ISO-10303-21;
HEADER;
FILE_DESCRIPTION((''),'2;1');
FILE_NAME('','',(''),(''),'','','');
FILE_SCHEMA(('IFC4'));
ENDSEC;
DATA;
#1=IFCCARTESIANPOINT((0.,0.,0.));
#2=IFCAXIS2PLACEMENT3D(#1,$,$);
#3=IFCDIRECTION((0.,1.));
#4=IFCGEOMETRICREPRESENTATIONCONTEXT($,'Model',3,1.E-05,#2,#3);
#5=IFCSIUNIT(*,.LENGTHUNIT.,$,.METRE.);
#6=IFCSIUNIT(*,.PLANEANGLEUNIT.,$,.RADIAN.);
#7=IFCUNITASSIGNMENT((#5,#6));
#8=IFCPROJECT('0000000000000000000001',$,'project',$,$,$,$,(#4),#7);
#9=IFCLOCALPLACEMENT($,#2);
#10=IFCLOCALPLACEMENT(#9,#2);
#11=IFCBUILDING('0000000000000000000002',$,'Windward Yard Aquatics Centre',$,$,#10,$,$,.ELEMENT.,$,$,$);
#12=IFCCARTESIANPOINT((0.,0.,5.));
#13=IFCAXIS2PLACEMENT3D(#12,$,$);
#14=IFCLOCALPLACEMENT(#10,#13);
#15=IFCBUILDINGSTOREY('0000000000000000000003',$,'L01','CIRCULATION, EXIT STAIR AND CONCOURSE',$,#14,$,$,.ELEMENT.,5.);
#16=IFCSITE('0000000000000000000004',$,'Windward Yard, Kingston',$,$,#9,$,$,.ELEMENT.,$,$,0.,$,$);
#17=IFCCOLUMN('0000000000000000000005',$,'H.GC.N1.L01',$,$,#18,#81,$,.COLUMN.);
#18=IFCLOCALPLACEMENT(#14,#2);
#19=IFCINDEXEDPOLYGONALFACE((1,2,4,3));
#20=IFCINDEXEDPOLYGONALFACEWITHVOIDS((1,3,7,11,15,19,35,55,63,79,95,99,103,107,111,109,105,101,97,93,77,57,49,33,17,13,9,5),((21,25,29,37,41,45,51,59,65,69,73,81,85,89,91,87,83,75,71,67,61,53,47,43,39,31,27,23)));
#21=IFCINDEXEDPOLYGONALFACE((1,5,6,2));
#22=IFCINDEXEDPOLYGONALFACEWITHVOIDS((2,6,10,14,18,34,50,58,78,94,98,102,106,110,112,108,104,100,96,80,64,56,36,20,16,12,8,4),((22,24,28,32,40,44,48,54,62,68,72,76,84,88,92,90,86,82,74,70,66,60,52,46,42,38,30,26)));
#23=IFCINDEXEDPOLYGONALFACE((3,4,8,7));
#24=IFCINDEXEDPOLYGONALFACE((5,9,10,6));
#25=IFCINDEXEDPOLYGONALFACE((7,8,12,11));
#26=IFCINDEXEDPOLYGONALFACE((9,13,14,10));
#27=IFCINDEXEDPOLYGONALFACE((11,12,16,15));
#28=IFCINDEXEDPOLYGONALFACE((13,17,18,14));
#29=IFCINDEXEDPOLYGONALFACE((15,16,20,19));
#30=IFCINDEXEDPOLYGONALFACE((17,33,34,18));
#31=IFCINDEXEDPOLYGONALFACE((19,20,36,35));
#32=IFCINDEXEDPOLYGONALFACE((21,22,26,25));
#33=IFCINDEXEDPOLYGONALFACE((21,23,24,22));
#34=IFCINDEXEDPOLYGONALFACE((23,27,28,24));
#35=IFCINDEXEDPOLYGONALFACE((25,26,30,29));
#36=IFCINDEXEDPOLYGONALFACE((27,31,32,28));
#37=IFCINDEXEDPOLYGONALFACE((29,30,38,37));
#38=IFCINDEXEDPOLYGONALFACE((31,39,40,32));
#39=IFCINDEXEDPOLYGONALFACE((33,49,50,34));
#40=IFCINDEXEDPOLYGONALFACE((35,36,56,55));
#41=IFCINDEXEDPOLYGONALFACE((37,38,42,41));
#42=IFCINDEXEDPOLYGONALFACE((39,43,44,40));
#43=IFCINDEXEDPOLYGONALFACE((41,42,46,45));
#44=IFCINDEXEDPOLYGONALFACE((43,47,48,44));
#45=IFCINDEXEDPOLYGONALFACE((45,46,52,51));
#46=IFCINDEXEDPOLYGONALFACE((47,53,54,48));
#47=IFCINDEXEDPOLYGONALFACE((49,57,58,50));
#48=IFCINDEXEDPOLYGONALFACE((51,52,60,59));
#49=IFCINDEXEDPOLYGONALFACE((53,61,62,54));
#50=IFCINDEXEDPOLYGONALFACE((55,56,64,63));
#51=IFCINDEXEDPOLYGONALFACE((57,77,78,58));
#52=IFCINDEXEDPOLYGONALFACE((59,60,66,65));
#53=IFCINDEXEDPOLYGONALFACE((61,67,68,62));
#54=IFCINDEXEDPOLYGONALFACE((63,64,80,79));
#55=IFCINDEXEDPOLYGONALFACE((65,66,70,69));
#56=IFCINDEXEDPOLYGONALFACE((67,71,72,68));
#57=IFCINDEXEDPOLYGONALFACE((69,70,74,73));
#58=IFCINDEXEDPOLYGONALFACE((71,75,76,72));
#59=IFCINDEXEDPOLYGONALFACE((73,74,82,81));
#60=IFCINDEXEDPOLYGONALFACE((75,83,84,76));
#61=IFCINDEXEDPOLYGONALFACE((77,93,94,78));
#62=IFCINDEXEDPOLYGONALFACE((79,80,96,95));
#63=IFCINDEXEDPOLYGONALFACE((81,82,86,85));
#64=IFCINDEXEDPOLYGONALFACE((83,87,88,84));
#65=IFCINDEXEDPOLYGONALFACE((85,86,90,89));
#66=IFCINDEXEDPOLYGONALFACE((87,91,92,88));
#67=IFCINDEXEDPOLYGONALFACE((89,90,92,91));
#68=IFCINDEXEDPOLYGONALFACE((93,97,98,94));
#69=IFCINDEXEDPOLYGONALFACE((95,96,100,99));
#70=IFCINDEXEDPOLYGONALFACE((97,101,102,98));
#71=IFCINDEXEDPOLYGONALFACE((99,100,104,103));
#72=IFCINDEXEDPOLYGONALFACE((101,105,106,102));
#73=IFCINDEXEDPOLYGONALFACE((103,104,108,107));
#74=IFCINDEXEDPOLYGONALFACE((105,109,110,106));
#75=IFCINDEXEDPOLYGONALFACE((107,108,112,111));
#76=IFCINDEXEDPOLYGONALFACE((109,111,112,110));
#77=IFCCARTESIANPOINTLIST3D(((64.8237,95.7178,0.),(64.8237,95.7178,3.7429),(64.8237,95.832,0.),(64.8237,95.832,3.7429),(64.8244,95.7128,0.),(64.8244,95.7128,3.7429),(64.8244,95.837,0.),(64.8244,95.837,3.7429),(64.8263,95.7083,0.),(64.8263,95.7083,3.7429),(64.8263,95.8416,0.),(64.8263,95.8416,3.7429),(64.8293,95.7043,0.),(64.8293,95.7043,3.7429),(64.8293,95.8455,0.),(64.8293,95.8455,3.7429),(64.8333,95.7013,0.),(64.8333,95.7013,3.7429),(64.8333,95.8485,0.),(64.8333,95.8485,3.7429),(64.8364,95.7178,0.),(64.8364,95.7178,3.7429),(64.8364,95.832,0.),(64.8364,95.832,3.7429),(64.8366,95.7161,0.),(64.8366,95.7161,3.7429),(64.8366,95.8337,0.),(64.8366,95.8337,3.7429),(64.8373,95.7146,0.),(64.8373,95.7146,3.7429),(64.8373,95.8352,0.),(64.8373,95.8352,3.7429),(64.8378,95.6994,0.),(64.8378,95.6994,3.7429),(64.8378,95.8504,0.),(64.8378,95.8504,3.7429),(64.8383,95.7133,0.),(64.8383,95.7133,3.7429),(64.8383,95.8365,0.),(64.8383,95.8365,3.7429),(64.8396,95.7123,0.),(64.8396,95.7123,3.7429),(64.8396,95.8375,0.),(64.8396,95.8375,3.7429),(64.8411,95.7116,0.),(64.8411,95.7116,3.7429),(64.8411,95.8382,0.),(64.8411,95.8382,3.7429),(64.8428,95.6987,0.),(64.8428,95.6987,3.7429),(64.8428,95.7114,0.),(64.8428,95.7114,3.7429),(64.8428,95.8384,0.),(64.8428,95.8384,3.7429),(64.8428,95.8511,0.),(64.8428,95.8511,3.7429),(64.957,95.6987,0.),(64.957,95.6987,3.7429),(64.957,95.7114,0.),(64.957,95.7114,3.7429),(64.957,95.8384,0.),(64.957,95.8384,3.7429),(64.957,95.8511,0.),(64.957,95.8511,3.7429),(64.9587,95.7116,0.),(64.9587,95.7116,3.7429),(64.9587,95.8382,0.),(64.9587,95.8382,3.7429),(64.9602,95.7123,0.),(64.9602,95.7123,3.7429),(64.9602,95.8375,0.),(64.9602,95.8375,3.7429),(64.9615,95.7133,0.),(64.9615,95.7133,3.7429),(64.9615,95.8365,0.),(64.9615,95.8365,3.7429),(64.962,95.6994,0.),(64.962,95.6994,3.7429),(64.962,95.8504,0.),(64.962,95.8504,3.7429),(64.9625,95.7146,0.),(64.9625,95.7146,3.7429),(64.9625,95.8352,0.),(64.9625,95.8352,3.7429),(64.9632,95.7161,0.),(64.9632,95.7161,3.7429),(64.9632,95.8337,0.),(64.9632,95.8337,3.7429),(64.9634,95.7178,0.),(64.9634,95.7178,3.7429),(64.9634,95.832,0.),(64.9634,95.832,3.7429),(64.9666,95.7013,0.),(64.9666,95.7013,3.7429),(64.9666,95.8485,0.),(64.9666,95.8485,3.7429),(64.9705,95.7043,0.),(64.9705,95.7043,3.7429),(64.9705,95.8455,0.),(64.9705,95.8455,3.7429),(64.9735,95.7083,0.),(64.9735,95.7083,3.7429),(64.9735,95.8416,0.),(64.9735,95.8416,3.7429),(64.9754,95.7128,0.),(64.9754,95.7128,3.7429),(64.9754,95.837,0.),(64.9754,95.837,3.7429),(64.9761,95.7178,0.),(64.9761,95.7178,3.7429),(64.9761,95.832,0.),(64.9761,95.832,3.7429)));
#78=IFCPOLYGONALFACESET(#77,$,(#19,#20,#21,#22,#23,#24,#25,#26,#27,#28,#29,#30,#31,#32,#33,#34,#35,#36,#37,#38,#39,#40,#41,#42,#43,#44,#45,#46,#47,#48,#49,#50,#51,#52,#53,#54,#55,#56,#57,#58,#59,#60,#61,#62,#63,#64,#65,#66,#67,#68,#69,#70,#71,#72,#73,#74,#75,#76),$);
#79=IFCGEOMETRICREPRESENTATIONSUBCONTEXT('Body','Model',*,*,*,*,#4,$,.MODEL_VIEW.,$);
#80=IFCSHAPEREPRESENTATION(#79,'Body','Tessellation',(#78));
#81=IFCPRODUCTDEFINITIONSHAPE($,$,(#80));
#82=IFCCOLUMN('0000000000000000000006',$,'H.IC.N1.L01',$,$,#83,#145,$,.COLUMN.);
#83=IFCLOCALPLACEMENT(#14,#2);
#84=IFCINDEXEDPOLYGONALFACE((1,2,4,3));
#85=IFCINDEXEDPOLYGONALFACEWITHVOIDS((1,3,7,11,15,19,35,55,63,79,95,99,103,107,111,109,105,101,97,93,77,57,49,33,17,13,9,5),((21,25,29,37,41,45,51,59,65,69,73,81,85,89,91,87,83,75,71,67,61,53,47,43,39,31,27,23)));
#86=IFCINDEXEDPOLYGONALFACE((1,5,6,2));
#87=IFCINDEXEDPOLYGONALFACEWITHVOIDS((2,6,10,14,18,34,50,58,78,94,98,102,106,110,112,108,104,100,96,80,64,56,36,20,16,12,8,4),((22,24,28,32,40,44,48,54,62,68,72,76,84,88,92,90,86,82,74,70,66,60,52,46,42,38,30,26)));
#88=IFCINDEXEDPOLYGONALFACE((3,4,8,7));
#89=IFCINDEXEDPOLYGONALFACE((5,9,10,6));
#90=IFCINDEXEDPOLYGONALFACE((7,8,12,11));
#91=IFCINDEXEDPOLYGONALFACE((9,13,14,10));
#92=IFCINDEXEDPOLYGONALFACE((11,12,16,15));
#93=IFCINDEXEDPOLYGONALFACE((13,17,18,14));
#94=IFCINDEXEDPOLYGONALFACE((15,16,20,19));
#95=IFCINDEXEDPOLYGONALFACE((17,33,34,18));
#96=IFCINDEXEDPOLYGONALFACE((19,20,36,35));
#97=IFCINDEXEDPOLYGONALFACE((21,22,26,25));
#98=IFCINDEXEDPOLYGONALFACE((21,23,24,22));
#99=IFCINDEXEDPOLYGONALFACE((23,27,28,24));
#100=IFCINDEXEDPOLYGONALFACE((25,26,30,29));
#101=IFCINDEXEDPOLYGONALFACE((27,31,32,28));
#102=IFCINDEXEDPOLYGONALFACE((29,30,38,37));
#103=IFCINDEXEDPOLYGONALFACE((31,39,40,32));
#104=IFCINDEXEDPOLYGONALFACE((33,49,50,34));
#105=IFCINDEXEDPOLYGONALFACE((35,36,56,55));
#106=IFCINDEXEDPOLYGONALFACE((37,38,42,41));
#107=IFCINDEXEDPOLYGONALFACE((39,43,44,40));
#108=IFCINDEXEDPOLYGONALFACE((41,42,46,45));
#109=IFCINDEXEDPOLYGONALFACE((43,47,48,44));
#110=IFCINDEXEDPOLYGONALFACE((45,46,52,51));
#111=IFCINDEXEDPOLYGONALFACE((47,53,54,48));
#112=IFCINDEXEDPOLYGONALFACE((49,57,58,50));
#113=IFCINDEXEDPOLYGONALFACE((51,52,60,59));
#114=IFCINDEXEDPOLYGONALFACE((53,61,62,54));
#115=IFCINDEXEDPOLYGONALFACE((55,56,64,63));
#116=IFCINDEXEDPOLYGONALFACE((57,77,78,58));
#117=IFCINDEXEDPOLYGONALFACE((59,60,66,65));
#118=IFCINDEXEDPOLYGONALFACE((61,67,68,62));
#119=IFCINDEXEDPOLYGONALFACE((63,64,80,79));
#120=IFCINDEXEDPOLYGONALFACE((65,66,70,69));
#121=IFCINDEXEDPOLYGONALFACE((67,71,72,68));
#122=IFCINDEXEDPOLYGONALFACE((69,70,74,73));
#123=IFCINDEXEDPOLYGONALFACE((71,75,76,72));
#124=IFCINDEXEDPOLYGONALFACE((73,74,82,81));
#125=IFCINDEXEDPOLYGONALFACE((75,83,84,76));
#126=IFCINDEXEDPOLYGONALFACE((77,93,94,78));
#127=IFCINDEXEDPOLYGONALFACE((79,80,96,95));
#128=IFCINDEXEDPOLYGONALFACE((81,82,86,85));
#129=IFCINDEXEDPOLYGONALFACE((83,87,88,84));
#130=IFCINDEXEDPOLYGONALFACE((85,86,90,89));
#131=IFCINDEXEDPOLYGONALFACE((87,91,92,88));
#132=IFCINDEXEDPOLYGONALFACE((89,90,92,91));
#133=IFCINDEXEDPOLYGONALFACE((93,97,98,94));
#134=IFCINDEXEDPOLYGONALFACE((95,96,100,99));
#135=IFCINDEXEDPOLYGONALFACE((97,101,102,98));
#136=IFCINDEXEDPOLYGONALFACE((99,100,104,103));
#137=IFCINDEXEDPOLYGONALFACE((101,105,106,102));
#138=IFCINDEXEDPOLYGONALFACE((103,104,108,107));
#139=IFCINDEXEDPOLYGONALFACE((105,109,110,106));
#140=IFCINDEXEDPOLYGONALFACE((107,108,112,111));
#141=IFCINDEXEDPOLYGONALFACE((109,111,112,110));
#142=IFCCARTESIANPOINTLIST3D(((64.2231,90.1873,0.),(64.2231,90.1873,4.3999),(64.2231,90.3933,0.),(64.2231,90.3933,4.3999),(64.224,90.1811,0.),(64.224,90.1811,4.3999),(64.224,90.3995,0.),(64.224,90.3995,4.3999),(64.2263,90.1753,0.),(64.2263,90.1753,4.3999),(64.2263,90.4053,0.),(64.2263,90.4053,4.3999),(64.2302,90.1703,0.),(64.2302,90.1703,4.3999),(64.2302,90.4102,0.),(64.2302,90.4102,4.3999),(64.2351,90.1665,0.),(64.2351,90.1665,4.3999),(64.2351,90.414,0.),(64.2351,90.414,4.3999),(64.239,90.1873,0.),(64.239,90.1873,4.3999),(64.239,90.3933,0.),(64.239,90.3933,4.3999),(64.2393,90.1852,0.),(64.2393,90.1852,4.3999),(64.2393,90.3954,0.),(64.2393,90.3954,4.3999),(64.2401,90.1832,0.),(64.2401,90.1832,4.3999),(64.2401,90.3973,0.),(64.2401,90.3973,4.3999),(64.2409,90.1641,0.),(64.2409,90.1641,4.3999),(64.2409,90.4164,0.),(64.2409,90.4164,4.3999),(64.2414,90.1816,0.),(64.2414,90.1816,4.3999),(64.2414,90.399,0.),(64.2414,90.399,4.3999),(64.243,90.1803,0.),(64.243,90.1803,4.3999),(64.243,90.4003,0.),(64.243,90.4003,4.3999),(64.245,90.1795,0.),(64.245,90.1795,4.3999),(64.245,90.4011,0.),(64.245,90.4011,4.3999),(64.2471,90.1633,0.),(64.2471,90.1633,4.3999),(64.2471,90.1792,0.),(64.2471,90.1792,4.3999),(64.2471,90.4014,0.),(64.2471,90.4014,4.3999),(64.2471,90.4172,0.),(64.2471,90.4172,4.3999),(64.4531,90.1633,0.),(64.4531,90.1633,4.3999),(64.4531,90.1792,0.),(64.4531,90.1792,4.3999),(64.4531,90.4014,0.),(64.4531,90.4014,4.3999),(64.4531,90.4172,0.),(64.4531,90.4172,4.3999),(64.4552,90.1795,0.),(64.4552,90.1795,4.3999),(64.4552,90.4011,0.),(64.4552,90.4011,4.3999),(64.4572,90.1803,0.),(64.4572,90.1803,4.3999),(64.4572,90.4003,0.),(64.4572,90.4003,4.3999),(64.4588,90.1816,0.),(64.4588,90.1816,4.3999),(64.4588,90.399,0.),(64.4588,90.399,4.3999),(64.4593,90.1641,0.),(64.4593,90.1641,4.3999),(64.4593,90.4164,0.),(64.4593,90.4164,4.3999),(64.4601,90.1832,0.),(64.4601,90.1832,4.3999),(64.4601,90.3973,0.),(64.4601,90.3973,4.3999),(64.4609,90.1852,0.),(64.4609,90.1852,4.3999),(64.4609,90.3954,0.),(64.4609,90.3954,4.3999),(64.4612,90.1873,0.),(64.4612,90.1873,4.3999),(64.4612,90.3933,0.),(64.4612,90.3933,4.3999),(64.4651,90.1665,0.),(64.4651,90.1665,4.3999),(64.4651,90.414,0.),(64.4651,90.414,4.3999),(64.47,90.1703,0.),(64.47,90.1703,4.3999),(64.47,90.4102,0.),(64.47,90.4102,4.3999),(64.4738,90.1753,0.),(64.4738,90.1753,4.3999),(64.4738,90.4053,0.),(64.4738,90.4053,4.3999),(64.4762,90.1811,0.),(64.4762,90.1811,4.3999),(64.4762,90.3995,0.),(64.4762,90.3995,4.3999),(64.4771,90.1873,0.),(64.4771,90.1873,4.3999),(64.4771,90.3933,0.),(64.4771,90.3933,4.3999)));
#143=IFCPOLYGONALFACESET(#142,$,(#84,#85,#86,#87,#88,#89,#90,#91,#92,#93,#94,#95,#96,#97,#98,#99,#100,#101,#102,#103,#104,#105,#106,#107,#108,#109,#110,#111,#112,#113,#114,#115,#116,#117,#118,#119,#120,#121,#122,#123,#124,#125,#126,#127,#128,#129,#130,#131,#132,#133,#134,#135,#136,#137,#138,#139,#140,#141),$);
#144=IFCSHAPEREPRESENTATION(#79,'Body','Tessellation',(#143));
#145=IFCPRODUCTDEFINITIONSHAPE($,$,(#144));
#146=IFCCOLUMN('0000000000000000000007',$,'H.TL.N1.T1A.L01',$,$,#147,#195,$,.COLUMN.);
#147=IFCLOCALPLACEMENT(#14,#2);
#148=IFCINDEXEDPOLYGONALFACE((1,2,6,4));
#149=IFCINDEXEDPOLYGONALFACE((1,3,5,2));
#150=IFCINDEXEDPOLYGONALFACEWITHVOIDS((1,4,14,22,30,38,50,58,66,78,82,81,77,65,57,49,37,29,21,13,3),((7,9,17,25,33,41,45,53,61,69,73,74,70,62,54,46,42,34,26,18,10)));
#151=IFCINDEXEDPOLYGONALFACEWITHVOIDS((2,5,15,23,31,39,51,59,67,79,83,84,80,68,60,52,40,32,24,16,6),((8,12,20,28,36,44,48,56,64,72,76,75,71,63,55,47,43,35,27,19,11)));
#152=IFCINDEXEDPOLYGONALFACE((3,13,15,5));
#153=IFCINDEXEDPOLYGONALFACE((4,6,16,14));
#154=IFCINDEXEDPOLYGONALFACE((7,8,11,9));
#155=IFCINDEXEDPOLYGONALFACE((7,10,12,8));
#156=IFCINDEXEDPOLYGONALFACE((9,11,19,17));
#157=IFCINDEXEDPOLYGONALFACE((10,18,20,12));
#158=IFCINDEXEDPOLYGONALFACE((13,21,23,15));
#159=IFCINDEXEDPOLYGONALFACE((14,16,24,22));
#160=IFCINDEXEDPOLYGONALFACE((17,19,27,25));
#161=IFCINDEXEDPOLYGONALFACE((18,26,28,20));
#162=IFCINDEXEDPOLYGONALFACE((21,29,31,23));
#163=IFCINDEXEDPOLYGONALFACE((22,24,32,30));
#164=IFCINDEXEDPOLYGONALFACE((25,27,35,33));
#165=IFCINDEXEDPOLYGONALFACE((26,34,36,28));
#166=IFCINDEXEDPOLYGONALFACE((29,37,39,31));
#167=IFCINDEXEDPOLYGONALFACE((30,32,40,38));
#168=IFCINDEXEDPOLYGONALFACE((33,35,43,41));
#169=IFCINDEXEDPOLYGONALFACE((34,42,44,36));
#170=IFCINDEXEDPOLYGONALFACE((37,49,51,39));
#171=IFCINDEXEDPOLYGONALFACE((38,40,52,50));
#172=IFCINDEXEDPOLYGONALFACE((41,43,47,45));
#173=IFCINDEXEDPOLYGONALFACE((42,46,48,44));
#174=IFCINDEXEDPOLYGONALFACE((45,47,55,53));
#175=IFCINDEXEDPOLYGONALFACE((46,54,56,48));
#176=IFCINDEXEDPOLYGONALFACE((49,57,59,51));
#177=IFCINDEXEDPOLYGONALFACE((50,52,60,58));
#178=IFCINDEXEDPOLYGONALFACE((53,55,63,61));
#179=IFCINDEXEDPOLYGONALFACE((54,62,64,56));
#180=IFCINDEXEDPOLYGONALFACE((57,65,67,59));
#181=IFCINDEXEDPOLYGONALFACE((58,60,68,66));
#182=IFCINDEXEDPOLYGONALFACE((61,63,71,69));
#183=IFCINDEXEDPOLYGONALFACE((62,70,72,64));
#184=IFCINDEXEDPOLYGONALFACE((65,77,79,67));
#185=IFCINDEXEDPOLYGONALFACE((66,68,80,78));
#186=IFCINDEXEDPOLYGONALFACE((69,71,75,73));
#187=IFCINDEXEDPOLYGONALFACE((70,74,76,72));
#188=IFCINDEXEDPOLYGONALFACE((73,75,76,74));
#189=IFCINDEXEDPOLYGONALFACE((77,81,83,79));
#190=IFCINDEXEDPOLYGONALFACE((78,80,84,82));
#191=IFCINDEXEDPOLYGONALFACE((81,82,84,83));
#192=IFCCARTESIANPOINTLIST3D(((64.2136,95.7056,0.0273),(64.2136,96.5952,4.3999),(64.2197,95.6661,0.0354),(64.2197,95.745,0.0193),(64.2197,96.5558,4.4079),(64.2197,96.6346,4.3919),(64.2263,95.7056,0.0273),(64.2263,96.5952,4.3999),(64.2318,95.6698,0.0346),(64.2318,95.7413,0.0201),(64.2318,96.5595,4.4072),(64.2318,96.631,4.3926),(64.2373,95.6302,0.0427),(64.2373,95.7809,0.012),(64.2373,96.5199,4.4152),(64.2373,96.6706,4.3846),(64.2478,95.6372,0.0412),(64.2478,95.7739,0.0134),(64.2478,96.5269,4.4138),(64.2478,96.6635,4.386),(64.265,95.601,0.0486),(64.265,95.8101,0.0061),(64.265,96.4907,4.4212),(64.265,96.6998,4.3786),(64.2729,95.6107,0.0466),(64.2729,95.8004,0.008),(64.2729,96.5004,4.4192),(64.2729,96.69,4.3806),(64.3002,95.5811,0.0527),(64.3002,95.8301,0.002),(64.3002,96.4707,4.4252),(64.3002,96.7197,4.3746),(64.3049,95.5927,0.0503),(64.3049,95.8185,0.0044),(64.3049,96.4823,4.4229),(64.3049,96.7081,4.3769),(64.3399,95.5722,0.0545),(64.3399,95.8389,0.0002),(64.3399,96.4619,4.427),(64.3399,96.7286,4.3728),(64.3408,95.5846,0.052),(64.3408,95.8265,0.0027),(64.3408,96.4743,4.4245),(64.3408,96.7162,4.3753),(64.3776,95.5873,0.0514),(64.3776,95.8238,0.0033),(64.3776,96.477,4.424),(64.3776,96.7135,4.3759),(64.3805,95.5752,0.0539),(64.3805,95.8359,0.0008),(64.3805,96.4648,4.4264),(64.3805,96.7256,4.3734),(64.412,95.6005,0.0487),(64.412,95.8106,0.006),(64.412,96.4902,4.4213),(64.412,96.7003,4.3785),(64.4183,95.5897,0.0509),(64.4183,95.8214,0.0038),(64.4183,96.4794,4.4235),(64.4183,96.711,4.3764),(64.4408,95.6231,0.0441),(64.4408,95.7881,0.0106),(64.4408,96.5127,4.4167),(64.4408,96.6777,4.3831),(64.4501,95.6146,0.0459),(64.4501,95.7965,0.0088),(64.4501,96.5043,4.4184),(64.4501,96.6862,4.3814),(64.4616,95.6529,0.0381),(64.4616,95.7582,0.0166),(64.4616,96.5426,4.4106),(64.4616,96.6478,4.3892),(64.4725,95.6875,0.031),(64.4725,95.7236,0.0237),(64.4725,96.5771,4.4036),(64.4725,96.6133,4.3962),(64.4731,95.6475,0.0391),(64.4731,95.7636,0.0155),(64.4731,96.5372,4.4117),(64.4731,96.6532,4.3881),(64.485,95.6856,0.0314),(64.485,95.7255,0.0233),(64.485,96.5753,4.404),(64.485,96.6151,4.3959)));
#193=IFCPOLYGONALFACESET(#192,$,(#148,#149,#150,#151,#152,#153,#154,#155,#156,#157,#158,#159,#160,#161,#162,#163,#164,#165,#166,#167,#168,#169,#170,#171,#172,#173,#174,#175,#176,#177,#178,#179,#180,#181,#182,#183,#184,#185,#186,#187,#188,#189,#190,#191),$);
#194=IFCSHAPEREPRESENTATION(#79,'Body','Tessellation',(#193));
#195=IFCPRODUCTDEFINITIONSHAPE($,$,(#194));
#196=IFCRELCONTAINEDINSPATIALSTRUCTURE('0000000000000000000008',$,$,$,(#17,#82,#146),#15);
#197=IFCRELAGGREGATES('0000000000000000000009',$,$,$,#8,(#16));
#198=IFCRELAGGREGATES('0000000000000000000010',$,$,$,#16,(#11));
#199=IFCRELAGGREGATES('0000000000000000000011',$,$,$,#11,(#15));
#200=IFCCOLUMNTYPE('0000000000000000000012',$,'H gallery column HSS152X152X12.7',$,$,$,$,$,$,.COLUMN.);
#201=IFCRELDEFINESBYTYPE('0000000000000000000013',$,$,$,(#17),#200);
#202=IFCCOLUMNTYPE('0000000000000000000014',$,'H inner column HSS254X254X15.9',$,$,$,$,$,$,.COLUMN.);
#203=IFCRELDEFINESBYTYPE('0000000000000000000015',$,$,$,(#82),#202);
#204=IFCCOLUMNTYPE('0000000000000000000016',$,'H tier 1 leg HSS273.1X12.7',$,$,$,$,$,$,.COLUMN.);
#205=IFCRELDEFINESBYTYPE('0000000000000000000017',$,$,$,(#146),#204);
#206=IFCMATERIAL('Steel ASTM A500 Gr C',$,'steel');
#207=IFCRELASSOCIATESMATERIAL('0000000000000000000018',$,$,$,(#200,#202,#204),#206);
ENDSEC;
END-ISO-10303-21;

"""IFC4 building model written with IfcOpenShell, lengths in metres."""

from ifc_helpers import new_model, si_unit, direction, frame, origin, origin_2d, place, context, subcontext, project, spatial, hollow_rectangle, hollow_circle, extrude, material, material_profile, profile_set, type_object, element, save


model = new_model("IFC4")

# Units and contexts
model_context = context("Model", 3, precision=1e-05, world=origin(), true_north=direction((0.0, 1.0)))
body_context = subcontext(model_context, "Body", "Model", "MODEL_VIEW")
ifc_project = project(units=[si_unit("LENGTHUNIT", "METRE"), si_unit("PLANEANGLEUNIT", "RADIAN")], contexts=[model_context])

# Site, building, storey
site_placement = place(None, origin())
site = spatial("IfcSite", under=ifc_project, at=site_placement, Name="Windward Yard, Kingston", CompositionType="ELEMENT", RefElevation=0.0)
building_placement = place(site_placement, origin())
building = spatial("IfcBuilding", under=site, at=building_placement, Name="Windward Yard Aquatics Centre", CompositionType="ELEMENT")
storey_placement = place(building_placement, frame((0.0, 0.0, 5.0)))
storey = spatial("IfcBuildingStorey", under=building, at=storey_placement, Name="L01", Description="CIRCULATION, EXIT STAIR AND CONCOURSE", CompositionType="ELEMENT", Elevation=5.0)

# Columns
ifc_material_1 = material(Name="Steel ASTM A500 Gr C", Category="steel")
ifc_material_profile_1 = material_profile(ifc_material_1, hollow_rectangle(XDim=0.1523, YDim=0.1523, WallThickness=0.0127, InnerFilletRadius=0.0063, OuterFilletRadius=0.019, at=origin_2d()), Name="HSS152X152X12.7")
ifc_profile_set_1 = profile_set([ifc_material_profile_1], Name="Steel ASTM A500 Gr C")
column_type_1 = type_object("IfcColumnType", Name="H gallery column HSS152X152X12.7", PredefinedType="COLUMN", material=ifc_profile_set_1)
column_1_placement = place(storey_placement, frame((64.8999, 95.7749, 0.0), z_axis=(0.0, 0.0, 1.0), x_axis=(1.0, 0.0, 0.0)))
element("IfcColumn", 1, at=column_1_placement, inside=storey, type_object=column_type_1, Name="H.GC.N1.L01", PredefinedType="COLUMN", context=body_context, shape_type="SweptSolid", body=[
    extrude(hollow_rectangle(XDim=0.1523, YDim=0.1523, WallThickness=0.0127, InnerFilletRadius=0.0063, OuterFilletRadius=0.019, at=origin_2d()), origin(), (0.0, 0.0, 1.0), 3.7429),
])
ifc_material_profile_2 = material_profile(ifc_material_1, hollow_rectangle(XDim=0.2539, YDim=0.2539, WallThickness=0.0159, InnerFilletRadius=0.0081, OuterFilletRadius=0.0239, at=origin_2d()), Name="HSS254X254X15.9")
ifc_profile_set_2 = profile_set([ifc_material_profile_2], Name="Steel ASTM A500 Gr C")
column_type_2 = type_object("IfcColumnType", Name="H inner column HSS254X254X15.9", PredefinedType="COLUMN", material=ifc_profile_set_2)
column_2_placement = place(storey_placement, frame((64.3501, 90.2903, 0.0), z_axis=(0.0, 0.0, 1.0), x_axis=(1.0, 0.0, 0.0)))
element("IfcColumn", 2, at=column_2_placement, inside=storey, type_object=column_type_2, Name="H.IC.N1.L01", PredefinedType="COLUMN", context=body_context, shape_type="SweptSolid", body=[
    extrude(hollow_rectangle(XDim=0.2539, YDim=0.2539, WallThickness=0.0159, InnerFilletRadius=0.0081, OuterFilletRadius=0.0239, at=origin_2d()), origin(), (0.0, 0.0, 1.0), 4.3999),
])
ifc_material_profile_3 = material_profile(ifc_material_1, hollow_circle(Radius=0.1365, WallThickness=0.0127, at=origin_2d()), Name="HSS273.1X12.7")
ifc_profile_set_3 = profile_set([ifc_material_profile_3], Name="Steel ASTM A500 Gr C")
column_type_3 = type_object("IfcColumnType", Name="H tier 1 leg HSS273.1X12.7", PredefinedType="COLUMN", material=ifc_profile_set_3)
column_3_placement = place(storey_placement, frame((64.3501, 95.7056, 0.0273), z_axis=(0.0, 0.199377, 0.979923), x_axis=(-1.0, 0.0, 0.0)))
element("IfcColumn", 3, at=column_3_placement, inside=storey, type_object=column_type_3, Name="H.TL.N1.T1A.L01", PredefinedType="COLUMN", context=body_context, shape_type="SweptSolid", body=[
    extrude(hollow_circle(Radius=0.1365, WallThickness=0.0127, at=origin_2d()), origin(), (0.0, 0.0, 1.0), 4.4622),
])

save(model, "model.ifc")
